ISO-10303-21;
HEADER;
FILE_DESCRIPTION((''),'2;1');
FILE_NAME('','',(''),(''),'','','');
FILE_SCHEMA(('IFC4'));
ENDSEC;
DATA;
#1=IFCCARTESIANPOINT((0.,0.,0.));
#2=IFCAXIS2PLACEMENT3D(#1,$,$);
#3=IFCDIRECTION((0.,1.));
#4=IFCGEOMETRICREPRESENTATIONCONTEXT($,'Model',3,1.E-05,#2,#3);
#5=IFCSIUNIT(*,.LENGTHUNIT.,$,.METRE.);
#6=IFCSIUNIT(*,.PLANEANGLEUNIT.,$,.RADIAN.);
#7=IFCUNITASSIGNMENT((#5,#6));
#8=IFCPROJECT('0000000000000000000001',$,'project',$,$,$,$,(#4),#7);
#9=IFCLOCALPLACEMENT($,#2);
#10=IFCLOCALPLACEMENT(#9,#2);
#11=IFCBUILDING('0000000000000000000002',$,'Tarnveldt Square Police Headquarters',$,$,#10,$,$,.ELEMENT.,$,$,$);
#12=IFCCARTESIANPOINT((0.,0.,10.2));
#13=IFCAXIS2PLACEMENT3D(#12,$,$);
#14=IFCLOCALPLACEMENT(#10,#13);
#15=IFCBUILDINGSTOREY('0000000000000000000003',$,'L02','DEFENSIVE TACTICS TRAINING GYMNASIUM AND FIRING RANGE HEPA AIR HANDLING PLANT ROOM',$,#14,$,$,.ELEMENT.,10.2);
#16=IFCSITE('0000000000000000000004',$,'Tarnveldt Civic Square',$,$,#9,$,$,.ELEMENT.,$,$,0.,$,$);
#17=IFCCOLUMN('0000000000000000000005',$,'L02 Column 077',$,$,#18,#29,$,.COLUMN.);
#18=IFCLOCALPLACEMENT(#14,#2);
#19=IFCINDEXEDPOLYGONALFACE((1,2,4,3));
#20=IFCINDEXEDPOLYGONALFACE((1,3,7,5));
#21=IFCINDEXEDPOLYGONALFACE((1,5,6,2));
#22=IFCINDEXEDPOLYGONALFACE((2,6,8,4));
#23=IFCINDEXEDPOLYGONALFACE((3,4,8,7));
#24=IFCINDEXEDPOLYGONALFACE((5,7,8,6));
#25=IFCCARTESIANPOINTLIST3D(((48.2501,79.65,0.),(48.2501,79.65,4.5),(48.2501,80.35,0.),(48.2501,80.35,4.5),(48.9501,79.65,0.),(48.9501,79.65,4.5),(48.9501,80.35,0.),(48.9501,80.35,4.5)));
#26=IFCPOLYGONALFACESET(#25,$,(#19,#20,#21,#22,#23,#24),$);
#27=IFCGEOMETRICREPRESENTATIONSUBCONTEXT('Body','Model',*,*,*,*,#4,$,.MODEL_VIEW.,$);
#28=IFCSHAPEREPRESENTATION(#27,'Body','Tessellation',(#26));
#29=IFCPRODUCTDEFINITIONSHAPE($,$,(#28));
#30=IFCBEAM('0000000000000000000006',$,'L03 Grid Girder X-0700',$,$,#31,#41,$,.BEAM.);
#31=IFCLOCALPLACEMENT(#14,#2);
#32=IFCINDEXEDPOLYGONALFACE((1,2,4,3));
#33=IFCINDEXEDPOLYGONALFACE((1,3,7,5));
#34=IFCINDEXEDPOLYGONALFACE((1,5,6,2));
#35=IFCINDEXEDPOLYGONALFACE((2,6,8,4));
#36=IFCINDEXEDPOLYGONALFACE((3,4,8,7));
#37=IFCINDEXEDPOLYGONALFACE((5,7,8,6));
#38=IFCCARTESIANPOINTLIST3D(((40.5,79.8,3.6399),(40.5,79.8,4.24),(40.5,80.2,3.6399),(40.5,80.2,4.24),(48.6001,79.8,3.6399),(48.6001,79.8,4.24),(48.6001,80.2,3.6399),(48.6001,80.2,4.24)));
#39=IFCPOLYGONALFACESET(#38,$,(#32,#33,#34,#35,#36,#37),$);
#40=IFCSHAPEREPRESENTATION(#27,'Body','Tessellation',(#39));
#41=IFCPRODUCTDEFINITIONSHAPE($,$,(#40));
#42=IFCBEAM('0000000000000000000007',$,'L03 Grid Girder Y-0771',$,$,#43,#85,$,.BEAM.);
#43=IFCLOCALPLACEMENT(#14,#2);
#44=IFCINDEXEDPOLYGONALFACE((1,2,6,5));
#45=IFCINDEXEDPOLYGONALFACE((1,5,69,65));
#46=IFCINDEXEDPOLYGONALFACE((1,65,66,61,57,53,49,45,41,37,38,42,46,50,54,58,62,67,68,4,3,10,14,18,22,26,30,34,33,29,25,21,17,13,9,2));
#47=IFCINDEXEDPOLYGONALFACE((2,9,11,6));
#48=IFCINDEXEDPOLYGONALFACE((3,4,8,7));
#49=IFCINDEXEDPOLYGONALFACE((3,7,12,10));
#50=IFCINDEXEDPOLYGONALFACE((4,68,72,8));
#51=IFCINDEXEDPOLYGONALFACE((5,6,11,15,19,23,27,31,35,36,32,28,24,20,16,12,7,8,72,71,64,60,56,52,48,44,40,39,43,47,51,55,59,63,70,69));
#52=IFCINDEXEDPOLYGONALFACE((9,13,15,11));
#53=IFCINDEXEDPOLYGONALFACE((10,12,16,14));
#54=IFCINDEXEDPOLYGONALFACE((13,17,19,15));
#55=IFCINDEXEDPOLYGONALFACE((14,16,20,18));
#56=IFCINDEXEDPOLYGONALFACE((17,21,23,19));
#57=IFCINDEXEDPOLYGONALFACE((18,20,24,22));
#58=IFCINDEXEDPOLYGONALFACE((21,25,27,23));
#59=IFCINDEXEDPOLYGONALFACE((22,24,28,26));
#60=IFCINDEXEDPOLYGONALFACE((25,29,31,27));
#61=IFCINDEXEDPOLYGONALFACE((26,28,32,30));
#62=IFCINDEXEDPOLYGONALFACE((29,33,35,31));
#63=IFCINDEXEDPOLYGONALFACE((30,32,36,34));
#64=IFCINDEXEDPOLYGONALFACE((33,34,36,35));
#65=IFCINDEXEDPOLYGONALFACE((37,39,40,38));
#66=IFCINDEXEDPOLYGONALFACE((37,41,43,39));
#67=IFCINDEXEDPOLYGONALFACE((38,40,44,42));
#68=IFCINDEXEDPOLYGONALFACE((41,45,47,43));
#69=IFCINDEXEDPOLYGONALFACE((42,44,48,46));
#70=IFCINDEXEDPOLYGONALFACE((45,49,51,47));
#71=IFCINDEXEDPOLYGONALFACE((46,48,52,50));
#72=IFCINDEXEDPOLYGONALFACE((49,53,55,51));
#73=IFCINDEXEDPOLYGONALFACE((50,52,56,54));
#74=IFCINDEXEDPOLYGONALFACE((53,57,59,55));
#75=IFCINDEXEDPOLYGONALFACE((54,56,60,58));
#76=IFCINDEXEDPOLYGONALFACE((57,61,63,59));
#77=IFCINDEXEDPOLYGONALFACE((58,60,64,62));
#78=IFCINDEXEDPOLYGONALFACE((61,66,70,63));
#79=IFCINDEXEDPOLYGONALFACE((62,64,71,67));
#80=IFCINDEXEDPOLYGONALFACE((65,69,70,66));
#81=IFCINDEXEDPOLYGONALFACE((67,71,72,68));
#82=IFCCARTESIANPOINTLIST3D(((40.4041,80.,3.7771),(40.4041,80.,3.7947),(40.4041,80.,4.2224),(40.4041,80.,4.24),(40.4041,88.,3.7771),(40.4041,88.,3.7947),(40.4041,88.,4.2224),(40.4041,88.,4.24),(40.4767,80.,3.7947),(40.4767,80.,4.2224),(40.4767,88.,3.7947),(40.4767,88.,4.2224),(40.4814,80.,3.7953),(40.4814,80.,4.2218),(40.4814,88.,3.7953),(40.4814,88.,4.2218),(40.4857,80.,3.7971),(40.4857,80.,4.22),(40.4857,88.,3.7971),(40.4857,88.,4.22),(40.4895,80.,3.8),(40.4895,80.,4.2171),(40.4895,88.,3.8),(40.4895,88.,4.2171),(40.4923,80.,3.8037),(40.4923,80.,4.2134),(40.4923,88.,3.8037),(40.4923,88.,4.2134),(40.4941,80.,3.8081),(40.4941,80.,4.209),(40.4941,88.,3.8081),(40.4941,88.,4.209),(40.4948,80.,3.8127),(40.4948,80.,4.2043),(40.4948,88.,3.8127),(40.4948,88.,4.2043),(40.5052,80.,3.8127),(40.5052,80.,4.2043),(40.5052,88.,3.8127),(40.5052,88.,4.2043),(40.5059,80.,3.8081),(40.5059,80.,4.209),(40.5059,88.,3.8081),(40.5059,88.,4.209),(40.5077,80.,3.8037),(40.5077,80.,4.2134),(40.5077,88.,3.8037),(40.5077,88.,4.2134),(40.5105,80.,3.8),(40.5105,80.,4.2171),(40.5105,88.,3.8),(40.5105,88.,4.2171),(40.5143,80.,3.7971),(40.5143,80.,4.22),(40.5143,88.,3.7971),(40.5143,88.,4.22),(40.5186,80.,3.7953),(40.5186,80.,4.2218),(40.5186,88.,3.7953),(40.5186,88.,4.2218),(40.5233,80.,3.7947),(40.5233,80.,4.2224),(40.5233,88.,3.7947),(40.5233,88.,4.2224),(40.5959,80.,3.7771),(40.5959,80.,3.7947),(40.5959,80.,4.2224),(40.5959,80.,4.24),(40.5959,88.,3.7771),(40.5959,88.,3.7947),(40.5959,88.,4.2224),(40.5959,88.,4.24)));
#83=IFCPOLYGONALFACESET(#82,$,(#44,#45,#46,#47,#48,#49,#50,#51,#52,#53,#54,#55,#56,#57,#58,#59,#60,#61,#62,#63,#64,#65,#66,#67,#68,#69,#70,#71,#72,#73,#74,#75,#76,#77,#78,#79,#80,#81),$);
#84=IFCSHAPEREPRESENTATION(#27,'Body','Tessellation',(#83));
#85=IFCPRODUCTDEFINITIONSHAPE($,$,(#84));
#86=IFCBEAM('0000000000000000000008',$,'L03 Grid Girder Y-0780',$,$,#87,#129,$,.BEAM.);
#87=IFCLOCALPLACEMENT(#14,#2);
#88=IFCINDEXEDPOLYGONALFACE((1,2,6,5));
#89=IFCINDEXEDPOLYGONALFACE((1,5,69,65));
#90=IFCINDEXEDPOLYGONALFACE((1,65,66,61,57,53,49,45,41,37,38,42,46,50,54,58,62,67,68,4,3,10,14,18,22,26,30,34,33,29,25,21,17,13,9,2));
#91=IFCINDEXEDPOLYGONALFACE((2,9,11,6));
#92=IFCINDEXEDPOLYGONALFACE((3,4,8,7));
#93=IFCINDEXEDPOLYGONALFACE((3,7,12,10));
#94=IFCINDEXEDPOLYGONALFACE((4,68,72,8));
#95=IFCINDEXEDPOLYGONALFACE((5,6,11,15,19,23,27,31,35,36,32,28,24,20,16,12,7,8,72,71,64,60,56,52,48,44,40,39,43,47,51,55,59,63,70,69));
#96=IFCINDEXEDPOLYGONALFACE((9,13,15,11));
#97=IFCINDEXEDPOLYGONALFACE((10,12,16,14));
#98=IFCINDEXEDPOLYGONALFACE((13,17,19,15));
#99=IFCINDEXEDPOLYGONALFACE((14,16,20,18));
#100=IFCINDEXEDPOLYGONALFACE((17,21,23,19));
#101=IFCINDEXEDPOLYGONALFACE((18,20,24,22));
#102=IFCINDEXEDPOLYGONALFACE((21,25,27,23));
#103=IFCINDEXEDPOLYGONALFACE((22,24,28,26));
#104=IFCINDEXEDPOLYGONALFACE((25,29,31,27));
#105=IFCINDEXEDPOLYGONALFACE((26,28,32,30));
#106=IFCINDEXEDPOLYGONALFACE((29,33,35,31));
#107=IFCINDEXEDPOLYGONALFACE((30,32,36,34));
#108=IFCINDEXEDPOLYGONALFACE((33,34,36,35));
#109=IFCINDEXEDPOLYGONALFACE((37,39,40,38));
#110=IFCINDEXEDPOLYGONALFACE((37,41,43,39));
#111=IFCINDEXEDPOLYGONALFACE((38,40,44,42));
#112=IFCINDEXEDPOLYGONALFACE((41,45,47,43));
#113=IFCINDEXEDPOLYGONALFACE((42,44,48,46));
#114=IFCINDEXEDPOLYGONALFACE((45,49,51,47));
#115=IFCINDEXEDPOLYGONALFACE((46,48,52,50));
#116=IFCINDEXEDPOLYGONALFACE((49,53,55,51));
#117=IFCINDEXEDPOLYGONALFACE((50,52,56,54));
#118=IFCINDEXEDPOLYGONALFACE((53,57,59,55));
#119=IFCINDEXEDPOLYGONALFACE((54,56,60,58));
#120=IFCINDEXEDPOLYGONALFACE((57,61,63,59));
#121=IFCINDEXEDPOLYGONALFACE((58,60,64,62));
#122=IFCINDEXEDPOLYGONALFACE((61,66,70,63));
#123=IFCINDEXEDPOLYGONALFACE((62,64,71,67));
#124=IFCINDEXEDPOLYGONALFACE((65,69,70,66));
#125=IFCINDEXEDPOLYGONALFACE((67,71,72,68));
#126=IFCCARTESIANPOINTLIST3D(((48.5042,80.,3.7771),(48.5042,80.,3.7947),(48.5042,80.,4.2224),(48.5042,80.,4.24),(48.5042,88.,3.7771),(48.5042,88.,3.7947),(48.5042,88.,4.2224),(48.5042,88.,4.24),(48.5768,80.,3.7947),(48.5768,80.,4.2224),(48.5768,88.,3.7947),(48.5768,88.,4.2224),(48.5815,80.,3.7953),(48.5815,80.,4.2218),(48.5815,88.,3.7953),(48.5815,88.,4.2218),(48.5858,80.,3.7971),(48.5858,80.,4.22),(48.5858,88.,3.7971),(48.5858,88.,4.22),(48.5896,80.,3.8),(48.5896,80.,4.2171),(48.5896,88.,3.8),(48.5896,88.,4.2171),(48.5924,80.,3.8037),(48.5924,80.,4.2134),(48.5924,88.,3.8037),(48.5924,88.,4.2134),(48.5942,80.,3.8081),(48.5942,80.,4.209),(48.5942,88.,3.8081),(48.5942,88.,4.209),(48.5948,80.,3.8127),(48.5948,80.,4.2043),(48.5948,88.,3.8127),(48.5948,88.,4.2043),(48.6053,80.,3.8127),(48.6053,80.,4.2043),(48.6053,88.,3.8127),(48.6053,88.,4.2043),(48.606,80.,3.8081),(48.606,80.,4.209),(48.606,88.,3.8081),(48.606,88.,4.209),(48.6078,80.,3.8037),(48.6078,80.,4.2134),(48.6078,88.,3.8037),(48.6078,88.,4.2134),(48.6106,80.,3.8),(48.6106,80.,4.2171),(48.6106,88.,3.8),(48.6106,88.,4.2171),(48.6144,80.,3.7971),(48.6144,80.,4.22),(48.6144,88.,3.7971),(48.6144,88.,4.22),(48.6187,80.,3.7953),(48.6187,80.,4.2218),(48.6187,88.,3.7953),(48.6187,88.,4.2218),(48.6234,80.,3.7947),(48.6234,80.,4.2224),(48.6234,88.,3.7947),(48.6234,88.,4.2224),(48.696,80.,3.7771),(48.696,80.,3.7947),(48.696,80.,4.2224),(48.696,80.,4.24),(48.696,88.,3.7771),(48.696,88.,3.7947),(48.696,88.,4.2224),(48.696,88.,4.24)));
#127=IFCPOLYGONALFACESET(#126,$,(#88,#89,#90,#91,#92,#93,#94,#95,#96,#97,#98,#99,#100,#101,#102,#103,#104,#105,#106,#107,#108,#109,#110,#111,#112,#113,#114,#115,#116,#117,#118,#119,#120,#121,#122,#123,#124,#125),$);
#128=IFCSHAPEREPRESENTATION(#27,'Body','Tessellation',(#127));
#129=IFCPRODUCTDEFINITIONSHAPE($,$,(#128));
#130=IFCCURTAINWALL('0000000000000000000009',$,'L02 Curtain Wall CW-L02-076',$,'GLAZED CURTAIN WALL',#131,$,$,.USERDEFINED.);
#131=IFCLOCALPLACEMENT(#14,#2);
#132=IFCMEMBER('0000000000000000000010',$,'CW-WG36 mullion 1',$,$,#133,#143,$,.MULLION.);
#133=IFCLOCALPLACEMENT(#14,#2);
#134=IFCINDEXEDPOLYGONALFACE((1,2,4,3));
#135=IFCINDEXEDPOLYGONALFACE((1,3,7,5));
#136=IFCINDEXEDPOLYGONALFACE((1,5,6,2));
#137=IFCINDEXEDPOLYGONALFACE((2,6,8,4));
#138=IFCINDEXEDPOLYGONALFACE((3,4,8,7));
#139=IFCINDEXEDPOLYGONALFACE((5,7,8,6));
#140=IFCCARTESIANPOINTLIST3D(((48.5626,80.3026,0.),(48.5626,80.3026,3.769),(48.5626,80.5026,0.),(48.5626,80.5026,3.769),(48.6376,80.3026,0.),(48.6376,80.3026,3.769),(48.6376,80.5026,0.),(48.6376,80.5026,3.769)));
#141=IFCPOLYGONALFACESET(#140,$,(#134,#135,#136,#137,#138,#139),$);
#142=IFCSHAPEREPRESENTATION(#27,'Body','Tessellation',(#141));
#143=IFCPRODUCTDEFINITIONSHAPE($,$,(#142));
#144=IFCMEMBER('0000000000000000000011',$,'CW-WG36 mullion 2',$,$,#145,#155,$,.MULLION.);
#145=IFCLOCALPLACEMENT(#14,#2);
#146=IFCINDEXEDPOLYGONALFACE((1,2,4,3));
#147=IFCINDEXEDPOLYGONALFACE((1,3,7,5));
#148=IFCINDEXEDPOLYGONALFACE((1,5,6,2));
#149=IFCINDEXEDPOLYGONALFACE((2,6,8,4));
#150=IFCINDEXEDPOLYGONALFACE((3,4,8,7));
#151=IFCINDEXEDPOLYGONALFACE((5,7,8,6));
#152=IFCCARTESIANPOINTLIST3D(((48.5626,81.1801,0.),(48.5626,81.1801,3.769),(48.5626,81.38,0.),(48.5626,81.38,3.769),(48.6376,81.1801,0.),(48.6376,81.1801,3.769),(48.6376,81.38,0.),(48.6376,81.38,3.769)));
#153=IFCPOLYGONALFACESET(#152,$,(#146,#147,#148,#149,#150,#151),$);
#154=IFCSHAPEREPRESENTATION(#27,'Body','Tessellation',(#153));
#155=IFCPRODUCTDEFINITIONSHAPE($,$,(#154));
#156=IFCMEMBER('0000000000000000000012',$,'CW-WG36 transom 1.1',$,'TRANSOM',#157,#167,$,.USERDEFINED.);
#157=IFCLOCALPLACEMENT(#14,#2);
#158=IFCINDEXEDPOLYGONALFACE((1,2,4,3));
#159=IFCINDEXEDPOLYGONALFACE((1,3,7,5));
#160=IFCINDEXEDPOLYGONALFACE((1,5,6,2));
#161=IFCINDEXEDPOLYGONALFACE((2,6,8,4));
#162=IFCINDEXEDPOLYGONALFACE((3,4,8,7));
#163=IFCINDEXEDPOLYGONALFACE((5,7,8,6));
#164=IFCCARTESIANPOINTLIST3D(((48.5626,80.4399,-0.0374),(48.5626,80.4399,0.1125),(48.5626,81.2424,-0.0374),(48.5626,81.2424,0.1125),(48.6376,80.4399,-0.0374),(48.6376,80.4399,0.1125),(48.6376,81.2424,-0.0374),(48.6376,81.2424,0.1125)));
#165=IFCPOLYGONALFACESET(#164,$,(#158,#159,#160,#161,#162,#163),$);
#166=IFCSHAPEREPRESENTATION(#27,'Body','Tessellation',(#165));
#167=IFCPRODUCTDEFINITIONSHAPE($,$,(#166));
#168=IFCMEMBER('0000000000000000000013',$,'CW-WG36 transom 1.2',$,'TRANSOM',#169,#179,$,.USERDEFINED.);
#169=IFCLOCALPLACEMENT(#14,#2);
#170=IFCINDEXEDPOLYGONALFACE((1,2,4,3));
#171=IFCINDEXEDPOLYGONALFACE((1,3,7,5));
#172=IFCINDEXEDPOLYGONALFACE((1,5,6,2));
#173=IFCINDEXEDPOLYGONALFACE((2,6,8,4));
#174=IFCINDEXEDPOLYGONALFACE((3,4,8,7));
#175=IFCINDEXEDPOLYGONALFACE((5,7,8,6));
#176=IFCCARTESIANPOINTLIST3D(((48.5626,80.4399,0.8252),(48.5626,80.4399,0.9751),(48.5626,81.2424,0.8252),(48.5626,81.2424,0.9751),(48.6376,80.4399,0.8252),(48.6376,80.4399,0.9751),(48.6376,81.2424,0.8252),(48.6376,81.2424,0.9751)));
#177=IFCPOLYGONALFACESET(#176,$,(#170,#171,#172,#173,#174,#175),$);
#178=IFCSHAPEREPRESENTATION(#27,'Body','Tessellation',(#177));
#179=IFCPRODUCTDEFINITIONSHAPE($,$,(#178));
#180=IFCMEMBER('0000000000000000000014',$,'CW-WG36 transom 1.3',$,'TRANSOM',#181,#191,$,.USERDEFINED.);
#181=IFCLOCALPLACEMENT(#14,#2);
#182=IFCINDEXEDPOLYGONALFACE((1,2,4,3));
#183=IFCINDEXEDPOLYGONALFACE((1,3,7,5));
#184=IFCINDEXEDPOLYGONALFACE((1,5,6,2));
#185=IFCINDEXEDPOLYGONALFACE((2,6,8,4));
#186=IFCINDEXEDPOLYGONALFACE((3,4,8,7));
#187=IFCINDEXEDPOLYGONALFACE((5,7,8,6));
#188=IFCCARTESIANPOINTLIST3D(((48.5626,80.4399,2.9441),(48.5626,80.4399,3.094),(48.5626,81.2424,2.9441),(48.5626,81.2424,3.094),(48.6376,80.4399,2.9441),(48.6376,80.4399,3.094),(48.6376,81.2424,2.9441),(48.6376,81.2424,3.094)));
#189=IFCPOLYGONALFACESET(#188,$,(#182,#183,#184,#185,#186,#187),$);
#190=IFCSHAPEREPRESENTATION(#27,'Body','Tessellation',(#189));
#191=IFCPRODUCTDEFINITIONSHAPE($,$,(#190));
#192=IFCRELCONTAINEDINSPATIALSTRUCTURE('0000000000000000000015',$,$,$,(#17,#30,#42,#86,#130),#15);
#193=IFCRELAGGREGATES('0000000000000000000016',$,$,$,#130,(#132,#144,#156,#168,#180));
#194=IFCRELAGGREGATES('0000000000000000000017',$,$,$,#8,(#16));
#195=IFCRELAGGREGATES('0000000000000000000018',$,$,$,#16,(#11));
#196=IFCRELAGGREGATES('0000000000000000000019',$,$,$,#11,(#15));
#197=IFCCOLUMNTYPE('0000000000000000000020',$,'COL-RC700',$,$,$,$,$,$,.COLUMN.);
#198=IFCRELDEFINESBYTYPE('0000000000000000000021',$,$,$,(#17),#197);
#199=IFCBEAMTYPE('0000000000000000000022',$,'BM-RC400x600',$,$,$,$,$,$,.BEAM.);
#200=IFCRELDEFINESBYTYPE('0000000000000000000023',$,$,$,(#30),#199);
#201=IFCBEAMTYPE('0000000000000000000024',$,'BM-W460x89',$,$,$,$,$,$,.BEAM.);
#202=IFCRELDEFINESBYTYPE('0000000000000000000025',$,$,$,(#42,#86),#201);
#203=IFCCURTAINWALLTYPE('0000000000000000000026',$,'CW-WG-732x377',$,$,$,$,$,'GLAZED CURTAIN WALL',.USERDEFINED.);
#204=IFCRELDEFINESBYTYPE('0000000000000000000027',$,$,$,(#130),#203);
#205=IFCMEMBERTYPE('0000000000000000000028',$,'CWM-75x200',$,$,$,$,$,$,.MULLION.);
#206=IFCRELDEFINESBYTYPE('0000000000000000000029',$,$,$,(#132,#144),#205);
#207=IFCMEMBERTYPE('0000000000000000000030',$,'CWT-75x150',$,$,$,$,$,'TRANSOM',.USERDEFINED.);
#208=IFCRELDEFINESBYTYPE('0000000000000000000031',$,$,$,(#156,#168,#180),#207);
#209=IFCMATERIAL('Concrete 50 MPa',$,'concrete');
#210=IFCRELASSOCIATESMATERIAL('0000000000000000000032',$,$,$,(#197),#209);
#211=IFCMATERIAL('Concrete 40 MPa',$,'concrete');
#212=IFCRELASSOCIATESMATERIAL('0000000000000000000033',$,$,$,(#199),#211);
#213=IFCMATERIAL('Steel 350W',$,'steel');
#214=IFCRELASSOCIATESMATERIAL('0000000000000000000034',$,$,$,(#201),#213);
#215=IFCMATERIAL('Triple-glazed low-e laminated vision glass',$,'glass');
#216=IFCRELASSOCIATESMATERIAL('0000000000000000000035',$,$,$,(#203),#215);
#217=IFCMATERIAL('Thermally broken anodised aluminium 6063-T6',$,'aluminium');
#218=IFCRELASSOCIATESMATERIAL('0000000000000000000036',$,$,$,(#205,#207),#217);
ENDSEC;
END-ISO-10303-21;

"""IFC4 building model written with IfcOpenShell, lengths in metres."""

from ifc_helpers import new_model, si_unit, direction, frame, origin, origin_2d, place, context, subcontext, project, spatial, rectangle, i_section, extrude, material, material_profile, profile_set, type_object, element, aggregate, save


model = new_model("IFC4")

# Units and contexts
model_context = context("Model", 3, precision=1e-05, world=origin(), true_north=direction((0.0, 1.0)))
body_context = subcontext(model_context, "Body", "Model", "MODEL_VIEW")
ifc_project = project(units=[si_unit("LENGTHUNIT", "METRE"), si_unit("PLANEANGLEUNIT", "RADIAN")], contexts=[model_context])

# Site, building, storey
site_placement = place(None, origin())
site = spatial("IfcSite", under=ifc_project, at=site_placement, Name="Tarnveldt Civic Square", CompositionType="ELEMENT", RefElevation=0.0)
building_placement = place(site_placement, origin())
building = spatial("IfcBuilding", under=site, at=building_placement, Name="Tarnveldt Square Police Headquarters", CompositionType="ELEMENT")
storey_placement = place(building_placement, frame((0.0, 0.0, 10.2)))
storey = spatial("IfcBuildingStorey", under=building, at=storey_placement, Name="L02", Description="DEFENSIVE TACTICS TRAINING GYMNASIUM AND FIRING RANGE HEPA AIR HANDLING PLANT ROOM", CompositionType="ELEMENT", Elevation=10.2)

# Column
ifc_material_1 = material(Name="Concrete 50 MPa", Category="concrete")
ifc_material_profile_1 = material_profile(ifc_material_1, rectangle(XDim=0.7, YDim=0.7, at=origin_2d()), Name="RC-C700x700")
ifc_profile_set_1 = profile_set([ifc_material_profile_1], Name="Concrete 50 MPa")
column_type = type_object("IfcColumnType", Name="COL-RC700", PredefinedType="COLUMN", material=ifc_profile_set_1)
column_placement = place(storey_placement, frame((48.6001, 80.0, 0.0), z_axis=(0.0, 0.0, 1.0), x_axis=(1.0, 0.0, 0.0)))
element("IfcColumn", 1, at=column_placement, inside=storey, type_object=column_type, Name="L02 Column 077", PredefinedType="COLUMN", context=body_context, shape_type="SweptSolid", body=[
    extrude(rectangle(XDim=0.7, YDim=0.7, at=origin_2d()), origin(), (0.0, 0.0, 1.0), 4.5),
])

# Beams
ifc_material_2 = material(Name="Concrete 40 MPa", Category="concrete")
ifc_material_profile_2 = material_profile(ifc_material_2, rectangle(XDim=0.3999, YDim=0.6001, at=origin_2d()), Name="RC-B400x600")
ifc_profile_set_2 = profile_set([ifc_material_profile_2], Name="Concrete 40 MPa")
beam_type_1 = type_object("IfcBeamType", Name="BM-RC400x600", PredefinedType="BEAM", material=ifc_profile_set_2)
beam_placement = place(storey_placement, frame((40.5, 80.0, 3.9399), z_axis=(1.0, 0.0, 0.0), x_axis=(0.0, 1.0, 0.0)))
element("IfcBeam", 2, at=beam_placement, inside=storey, type_object=beam_type_1, Name="L03 Grid Girder X-0700", PredefinedType="BEAM", context=body_context, shape_type="SweptSolid", body=[
    extrude(rectangle(XDim=0.3999, YDim=0.6001, at=origin_2d()), origin(), (0.0, 0.0, 1.0), 8.1001),
])
ifc_material_3 = material(Name="Steel 350W", Category="steel")
ifc_material_profile_3 = material_profile(ifc_material_3, i_section(OverallWidth=0.1919, OverallDepth=0.4629, WebThickness=0.0105, FlangeThickness=0.0176, FilletRadius=0.0181, at=origin_2d()), Name="W460x89")
ifc_profile_set_3 = profile_set([ifc_material_profile_3], Name="Steel 350W")
beam_type_2 = type_object("IfcBeamType", Name="BM-W460x89", PredefinedType="BEAM", material=ifc_profile_set_3)
for number, where, z_axis, x_axis, name in (
    (3, (40.5, 80.0, 4.0085), (0.0, 1.0, 0.0), (-1.0, 0.0, 0.0), "L03 Grid Girder Y-0771"),
    (4, (48.6001, 80.0, 4.0085), (0.0, 1.0, 0.0), (-1.0, 0.0, 0.0), "L03 Grid Girder Y-0780"),
):
    element("IfcBeam", number, at=place(storey_placement, frame(where, z_axis=z_axis, x_axis=x_axis)), inside=storey, type_object=beam_type_2, Name=name, PredefinedType="BEAM", context=body_context, shape_type="SweptSolid", body=[
        extrude(i_section(OverallWidth=0.1919, OverallDepth=0.4629, WebThickness=0.0105, FlangeThickness=0.0176, FilletRadius=0.0181, at=origin_2d()), origin(), (0.0, 0.0, 1.0), 8.0),
    ])

# Curtain wall, members
ifc_material_4 = material(Name="Triple-glazed low-e laminated vision glass", Category="glass")
curtain_wall_type = type_object("IfcCurtainWallType", Name="CW-WG-732x377", ElementType="GLAZED CURTAIN WALL", PredefinedType="USERDEFINED", material=ifc_material_4)
curtain_wall_placement = place(storey_placement, origin())
curtain_wall = element("IfcCurtainWall", 5, at=curtain_wall_placement, inside=storey, type_object=curtain_wall_type, Name="L02 Curtain Wall CW-L02-076", ObjectType="GLAZED CURTAIN WALL", PredefinedType="USERDEFINED")
ifc_material_5 = material(Name="Thermally broken anodised aluminium 6063-T6", Category="aluminium")
ifc_material_profile_4 = material_profile(ifc_material_5, rectangle(XDim=0.075, YDim=0.2, at=origin_2d()), Name="CW-M75x200")
ifc_profile_set_4 = profile_set([ifc_material_profile_4], Name="Thermally broken anodised aluminium 6063-T6")
member_type_1 = type_object("IfcMemberType", Name="CWM-75x200", PredefinedType="MULLION", material=ifc_profile_set_4)
member_1_placement = place(storey_placement, frame((48.6001, 80.4026, 0.0), z_axis=(0.0, 0.0, 1.0), x_axis=(-1.0, 0.0, 0.0)))
member_1 = element("IfcMember", 6, at=member_1_placement, type_object=member_type_1, Name="CW-WG36 mullion 1", PredefinedType="MULLION", context=body_context, shape_type="SweptSolid", body=[
    extrude(rectangle(XDim=0.075, YDim=0.2, at=origin_2d()), origin(), (0.0, 0.0, 1.0), 3.769),
])
member_2_placement = place(storey_placement, frame((48.6001, 81.28, 0.0), z_axis=(0.0, 0.0, 1.0), x_axis=(-1.0, 0.0, 0.0)))
member_2 = element("IfcMember", 7, at=member_2_placement, type_object=member_type_1, Name="CW-WG36 mullion 2", PredefinedType="MULLION", context=body_context, shape_type="SweptSolid", body=[
    extrude(rectangle(XDim=0.075, YDim=0.2, at=origin_2d()), origin(), (0.0, 0.0, 1.0), 3.769),
])
ifc_material_profile_5 = material_profile(ifc_material_5, rectangle(XDim=0.075, YDim=0.1499, at=origin_2d()), Name="CW-T75x150")
ifc_profile_set_5 = profile_set([ifc_material_profile_5], Name="Thermally broken anodised aluminium 6063-T6")
member_type_2 = type_object("IfcMemberType", Name="CWT-75x150", ElementType="TRANSOM", PredefinedType="USERDEFINED", material=ifc_profile_set_5)
member_3_placement = place(storey_placement, frame((48.6001, 80.4399, 0.0376), z_axis=(0.0, 1.0, 0.0), x_axis=(-1.0, 0.0, 0.0)))
member_3 = element("IfcMember", 8, at=member_3_placement, type_object=member_type_2, Name="CW-WG36 transom 1.1", ObjectType="TRANSOM", PredefinedType="USERDEFINED", context=body_context, shape_type="SweptSolid", body=[
    extrude(rectangle(XDim=0.075, YDim=0.1499, at=origin_2d()), origin(), (0.0, 0.0, 1.0), 0.8025),
])
member_4_placement = place(storey_placement, frame((48.6001, 80.4399, 0.9001), z_axis=(0.0, 1.0, 0.0), x_axis=(-1.0, 0.0, 0.0)))
member_4 = element("IfcMember", 9, at=member_4_placement, type_object=member_type_2, Name="CW-WG36 transom 1.2", ObjectType="TRANSOM", PredefinedType="USERDEFINED", context=body_context, shape_type="SweptSolid", body=[
    extrude(rectangle(XDim=0.075, YDim=0.1499, at=origin_2d()), origin(), (0.0, 0.0, 1.0), 0.8025),
])
member_5_placement = place(storey_placement, frame((48.6001, 80.4399, 3.019), z_axis=(0.0, 1.0, 0.0), x_axis=(-1.0, 0.0, 0.0)))
member_5 = element("IfcMember", 10, at=member_5_placement, type_object=member_type_2, Name="CW-WG36 transom 1.3", ObjectType="TRANSOM", PredefinedType="USERDEFINED", context=body_context, shape_type="SweptSolid", body=[
    extrude(rectangle(XDim=0.075, YDim=0.1499, at=origin_2d()), origin(), (0.0, 0.0, 1.0), 0.8025),
])
aggregate(curtain_wall, [member_1, member_2, member_3, member_4, member_5])

save(model, "model.ifc")
